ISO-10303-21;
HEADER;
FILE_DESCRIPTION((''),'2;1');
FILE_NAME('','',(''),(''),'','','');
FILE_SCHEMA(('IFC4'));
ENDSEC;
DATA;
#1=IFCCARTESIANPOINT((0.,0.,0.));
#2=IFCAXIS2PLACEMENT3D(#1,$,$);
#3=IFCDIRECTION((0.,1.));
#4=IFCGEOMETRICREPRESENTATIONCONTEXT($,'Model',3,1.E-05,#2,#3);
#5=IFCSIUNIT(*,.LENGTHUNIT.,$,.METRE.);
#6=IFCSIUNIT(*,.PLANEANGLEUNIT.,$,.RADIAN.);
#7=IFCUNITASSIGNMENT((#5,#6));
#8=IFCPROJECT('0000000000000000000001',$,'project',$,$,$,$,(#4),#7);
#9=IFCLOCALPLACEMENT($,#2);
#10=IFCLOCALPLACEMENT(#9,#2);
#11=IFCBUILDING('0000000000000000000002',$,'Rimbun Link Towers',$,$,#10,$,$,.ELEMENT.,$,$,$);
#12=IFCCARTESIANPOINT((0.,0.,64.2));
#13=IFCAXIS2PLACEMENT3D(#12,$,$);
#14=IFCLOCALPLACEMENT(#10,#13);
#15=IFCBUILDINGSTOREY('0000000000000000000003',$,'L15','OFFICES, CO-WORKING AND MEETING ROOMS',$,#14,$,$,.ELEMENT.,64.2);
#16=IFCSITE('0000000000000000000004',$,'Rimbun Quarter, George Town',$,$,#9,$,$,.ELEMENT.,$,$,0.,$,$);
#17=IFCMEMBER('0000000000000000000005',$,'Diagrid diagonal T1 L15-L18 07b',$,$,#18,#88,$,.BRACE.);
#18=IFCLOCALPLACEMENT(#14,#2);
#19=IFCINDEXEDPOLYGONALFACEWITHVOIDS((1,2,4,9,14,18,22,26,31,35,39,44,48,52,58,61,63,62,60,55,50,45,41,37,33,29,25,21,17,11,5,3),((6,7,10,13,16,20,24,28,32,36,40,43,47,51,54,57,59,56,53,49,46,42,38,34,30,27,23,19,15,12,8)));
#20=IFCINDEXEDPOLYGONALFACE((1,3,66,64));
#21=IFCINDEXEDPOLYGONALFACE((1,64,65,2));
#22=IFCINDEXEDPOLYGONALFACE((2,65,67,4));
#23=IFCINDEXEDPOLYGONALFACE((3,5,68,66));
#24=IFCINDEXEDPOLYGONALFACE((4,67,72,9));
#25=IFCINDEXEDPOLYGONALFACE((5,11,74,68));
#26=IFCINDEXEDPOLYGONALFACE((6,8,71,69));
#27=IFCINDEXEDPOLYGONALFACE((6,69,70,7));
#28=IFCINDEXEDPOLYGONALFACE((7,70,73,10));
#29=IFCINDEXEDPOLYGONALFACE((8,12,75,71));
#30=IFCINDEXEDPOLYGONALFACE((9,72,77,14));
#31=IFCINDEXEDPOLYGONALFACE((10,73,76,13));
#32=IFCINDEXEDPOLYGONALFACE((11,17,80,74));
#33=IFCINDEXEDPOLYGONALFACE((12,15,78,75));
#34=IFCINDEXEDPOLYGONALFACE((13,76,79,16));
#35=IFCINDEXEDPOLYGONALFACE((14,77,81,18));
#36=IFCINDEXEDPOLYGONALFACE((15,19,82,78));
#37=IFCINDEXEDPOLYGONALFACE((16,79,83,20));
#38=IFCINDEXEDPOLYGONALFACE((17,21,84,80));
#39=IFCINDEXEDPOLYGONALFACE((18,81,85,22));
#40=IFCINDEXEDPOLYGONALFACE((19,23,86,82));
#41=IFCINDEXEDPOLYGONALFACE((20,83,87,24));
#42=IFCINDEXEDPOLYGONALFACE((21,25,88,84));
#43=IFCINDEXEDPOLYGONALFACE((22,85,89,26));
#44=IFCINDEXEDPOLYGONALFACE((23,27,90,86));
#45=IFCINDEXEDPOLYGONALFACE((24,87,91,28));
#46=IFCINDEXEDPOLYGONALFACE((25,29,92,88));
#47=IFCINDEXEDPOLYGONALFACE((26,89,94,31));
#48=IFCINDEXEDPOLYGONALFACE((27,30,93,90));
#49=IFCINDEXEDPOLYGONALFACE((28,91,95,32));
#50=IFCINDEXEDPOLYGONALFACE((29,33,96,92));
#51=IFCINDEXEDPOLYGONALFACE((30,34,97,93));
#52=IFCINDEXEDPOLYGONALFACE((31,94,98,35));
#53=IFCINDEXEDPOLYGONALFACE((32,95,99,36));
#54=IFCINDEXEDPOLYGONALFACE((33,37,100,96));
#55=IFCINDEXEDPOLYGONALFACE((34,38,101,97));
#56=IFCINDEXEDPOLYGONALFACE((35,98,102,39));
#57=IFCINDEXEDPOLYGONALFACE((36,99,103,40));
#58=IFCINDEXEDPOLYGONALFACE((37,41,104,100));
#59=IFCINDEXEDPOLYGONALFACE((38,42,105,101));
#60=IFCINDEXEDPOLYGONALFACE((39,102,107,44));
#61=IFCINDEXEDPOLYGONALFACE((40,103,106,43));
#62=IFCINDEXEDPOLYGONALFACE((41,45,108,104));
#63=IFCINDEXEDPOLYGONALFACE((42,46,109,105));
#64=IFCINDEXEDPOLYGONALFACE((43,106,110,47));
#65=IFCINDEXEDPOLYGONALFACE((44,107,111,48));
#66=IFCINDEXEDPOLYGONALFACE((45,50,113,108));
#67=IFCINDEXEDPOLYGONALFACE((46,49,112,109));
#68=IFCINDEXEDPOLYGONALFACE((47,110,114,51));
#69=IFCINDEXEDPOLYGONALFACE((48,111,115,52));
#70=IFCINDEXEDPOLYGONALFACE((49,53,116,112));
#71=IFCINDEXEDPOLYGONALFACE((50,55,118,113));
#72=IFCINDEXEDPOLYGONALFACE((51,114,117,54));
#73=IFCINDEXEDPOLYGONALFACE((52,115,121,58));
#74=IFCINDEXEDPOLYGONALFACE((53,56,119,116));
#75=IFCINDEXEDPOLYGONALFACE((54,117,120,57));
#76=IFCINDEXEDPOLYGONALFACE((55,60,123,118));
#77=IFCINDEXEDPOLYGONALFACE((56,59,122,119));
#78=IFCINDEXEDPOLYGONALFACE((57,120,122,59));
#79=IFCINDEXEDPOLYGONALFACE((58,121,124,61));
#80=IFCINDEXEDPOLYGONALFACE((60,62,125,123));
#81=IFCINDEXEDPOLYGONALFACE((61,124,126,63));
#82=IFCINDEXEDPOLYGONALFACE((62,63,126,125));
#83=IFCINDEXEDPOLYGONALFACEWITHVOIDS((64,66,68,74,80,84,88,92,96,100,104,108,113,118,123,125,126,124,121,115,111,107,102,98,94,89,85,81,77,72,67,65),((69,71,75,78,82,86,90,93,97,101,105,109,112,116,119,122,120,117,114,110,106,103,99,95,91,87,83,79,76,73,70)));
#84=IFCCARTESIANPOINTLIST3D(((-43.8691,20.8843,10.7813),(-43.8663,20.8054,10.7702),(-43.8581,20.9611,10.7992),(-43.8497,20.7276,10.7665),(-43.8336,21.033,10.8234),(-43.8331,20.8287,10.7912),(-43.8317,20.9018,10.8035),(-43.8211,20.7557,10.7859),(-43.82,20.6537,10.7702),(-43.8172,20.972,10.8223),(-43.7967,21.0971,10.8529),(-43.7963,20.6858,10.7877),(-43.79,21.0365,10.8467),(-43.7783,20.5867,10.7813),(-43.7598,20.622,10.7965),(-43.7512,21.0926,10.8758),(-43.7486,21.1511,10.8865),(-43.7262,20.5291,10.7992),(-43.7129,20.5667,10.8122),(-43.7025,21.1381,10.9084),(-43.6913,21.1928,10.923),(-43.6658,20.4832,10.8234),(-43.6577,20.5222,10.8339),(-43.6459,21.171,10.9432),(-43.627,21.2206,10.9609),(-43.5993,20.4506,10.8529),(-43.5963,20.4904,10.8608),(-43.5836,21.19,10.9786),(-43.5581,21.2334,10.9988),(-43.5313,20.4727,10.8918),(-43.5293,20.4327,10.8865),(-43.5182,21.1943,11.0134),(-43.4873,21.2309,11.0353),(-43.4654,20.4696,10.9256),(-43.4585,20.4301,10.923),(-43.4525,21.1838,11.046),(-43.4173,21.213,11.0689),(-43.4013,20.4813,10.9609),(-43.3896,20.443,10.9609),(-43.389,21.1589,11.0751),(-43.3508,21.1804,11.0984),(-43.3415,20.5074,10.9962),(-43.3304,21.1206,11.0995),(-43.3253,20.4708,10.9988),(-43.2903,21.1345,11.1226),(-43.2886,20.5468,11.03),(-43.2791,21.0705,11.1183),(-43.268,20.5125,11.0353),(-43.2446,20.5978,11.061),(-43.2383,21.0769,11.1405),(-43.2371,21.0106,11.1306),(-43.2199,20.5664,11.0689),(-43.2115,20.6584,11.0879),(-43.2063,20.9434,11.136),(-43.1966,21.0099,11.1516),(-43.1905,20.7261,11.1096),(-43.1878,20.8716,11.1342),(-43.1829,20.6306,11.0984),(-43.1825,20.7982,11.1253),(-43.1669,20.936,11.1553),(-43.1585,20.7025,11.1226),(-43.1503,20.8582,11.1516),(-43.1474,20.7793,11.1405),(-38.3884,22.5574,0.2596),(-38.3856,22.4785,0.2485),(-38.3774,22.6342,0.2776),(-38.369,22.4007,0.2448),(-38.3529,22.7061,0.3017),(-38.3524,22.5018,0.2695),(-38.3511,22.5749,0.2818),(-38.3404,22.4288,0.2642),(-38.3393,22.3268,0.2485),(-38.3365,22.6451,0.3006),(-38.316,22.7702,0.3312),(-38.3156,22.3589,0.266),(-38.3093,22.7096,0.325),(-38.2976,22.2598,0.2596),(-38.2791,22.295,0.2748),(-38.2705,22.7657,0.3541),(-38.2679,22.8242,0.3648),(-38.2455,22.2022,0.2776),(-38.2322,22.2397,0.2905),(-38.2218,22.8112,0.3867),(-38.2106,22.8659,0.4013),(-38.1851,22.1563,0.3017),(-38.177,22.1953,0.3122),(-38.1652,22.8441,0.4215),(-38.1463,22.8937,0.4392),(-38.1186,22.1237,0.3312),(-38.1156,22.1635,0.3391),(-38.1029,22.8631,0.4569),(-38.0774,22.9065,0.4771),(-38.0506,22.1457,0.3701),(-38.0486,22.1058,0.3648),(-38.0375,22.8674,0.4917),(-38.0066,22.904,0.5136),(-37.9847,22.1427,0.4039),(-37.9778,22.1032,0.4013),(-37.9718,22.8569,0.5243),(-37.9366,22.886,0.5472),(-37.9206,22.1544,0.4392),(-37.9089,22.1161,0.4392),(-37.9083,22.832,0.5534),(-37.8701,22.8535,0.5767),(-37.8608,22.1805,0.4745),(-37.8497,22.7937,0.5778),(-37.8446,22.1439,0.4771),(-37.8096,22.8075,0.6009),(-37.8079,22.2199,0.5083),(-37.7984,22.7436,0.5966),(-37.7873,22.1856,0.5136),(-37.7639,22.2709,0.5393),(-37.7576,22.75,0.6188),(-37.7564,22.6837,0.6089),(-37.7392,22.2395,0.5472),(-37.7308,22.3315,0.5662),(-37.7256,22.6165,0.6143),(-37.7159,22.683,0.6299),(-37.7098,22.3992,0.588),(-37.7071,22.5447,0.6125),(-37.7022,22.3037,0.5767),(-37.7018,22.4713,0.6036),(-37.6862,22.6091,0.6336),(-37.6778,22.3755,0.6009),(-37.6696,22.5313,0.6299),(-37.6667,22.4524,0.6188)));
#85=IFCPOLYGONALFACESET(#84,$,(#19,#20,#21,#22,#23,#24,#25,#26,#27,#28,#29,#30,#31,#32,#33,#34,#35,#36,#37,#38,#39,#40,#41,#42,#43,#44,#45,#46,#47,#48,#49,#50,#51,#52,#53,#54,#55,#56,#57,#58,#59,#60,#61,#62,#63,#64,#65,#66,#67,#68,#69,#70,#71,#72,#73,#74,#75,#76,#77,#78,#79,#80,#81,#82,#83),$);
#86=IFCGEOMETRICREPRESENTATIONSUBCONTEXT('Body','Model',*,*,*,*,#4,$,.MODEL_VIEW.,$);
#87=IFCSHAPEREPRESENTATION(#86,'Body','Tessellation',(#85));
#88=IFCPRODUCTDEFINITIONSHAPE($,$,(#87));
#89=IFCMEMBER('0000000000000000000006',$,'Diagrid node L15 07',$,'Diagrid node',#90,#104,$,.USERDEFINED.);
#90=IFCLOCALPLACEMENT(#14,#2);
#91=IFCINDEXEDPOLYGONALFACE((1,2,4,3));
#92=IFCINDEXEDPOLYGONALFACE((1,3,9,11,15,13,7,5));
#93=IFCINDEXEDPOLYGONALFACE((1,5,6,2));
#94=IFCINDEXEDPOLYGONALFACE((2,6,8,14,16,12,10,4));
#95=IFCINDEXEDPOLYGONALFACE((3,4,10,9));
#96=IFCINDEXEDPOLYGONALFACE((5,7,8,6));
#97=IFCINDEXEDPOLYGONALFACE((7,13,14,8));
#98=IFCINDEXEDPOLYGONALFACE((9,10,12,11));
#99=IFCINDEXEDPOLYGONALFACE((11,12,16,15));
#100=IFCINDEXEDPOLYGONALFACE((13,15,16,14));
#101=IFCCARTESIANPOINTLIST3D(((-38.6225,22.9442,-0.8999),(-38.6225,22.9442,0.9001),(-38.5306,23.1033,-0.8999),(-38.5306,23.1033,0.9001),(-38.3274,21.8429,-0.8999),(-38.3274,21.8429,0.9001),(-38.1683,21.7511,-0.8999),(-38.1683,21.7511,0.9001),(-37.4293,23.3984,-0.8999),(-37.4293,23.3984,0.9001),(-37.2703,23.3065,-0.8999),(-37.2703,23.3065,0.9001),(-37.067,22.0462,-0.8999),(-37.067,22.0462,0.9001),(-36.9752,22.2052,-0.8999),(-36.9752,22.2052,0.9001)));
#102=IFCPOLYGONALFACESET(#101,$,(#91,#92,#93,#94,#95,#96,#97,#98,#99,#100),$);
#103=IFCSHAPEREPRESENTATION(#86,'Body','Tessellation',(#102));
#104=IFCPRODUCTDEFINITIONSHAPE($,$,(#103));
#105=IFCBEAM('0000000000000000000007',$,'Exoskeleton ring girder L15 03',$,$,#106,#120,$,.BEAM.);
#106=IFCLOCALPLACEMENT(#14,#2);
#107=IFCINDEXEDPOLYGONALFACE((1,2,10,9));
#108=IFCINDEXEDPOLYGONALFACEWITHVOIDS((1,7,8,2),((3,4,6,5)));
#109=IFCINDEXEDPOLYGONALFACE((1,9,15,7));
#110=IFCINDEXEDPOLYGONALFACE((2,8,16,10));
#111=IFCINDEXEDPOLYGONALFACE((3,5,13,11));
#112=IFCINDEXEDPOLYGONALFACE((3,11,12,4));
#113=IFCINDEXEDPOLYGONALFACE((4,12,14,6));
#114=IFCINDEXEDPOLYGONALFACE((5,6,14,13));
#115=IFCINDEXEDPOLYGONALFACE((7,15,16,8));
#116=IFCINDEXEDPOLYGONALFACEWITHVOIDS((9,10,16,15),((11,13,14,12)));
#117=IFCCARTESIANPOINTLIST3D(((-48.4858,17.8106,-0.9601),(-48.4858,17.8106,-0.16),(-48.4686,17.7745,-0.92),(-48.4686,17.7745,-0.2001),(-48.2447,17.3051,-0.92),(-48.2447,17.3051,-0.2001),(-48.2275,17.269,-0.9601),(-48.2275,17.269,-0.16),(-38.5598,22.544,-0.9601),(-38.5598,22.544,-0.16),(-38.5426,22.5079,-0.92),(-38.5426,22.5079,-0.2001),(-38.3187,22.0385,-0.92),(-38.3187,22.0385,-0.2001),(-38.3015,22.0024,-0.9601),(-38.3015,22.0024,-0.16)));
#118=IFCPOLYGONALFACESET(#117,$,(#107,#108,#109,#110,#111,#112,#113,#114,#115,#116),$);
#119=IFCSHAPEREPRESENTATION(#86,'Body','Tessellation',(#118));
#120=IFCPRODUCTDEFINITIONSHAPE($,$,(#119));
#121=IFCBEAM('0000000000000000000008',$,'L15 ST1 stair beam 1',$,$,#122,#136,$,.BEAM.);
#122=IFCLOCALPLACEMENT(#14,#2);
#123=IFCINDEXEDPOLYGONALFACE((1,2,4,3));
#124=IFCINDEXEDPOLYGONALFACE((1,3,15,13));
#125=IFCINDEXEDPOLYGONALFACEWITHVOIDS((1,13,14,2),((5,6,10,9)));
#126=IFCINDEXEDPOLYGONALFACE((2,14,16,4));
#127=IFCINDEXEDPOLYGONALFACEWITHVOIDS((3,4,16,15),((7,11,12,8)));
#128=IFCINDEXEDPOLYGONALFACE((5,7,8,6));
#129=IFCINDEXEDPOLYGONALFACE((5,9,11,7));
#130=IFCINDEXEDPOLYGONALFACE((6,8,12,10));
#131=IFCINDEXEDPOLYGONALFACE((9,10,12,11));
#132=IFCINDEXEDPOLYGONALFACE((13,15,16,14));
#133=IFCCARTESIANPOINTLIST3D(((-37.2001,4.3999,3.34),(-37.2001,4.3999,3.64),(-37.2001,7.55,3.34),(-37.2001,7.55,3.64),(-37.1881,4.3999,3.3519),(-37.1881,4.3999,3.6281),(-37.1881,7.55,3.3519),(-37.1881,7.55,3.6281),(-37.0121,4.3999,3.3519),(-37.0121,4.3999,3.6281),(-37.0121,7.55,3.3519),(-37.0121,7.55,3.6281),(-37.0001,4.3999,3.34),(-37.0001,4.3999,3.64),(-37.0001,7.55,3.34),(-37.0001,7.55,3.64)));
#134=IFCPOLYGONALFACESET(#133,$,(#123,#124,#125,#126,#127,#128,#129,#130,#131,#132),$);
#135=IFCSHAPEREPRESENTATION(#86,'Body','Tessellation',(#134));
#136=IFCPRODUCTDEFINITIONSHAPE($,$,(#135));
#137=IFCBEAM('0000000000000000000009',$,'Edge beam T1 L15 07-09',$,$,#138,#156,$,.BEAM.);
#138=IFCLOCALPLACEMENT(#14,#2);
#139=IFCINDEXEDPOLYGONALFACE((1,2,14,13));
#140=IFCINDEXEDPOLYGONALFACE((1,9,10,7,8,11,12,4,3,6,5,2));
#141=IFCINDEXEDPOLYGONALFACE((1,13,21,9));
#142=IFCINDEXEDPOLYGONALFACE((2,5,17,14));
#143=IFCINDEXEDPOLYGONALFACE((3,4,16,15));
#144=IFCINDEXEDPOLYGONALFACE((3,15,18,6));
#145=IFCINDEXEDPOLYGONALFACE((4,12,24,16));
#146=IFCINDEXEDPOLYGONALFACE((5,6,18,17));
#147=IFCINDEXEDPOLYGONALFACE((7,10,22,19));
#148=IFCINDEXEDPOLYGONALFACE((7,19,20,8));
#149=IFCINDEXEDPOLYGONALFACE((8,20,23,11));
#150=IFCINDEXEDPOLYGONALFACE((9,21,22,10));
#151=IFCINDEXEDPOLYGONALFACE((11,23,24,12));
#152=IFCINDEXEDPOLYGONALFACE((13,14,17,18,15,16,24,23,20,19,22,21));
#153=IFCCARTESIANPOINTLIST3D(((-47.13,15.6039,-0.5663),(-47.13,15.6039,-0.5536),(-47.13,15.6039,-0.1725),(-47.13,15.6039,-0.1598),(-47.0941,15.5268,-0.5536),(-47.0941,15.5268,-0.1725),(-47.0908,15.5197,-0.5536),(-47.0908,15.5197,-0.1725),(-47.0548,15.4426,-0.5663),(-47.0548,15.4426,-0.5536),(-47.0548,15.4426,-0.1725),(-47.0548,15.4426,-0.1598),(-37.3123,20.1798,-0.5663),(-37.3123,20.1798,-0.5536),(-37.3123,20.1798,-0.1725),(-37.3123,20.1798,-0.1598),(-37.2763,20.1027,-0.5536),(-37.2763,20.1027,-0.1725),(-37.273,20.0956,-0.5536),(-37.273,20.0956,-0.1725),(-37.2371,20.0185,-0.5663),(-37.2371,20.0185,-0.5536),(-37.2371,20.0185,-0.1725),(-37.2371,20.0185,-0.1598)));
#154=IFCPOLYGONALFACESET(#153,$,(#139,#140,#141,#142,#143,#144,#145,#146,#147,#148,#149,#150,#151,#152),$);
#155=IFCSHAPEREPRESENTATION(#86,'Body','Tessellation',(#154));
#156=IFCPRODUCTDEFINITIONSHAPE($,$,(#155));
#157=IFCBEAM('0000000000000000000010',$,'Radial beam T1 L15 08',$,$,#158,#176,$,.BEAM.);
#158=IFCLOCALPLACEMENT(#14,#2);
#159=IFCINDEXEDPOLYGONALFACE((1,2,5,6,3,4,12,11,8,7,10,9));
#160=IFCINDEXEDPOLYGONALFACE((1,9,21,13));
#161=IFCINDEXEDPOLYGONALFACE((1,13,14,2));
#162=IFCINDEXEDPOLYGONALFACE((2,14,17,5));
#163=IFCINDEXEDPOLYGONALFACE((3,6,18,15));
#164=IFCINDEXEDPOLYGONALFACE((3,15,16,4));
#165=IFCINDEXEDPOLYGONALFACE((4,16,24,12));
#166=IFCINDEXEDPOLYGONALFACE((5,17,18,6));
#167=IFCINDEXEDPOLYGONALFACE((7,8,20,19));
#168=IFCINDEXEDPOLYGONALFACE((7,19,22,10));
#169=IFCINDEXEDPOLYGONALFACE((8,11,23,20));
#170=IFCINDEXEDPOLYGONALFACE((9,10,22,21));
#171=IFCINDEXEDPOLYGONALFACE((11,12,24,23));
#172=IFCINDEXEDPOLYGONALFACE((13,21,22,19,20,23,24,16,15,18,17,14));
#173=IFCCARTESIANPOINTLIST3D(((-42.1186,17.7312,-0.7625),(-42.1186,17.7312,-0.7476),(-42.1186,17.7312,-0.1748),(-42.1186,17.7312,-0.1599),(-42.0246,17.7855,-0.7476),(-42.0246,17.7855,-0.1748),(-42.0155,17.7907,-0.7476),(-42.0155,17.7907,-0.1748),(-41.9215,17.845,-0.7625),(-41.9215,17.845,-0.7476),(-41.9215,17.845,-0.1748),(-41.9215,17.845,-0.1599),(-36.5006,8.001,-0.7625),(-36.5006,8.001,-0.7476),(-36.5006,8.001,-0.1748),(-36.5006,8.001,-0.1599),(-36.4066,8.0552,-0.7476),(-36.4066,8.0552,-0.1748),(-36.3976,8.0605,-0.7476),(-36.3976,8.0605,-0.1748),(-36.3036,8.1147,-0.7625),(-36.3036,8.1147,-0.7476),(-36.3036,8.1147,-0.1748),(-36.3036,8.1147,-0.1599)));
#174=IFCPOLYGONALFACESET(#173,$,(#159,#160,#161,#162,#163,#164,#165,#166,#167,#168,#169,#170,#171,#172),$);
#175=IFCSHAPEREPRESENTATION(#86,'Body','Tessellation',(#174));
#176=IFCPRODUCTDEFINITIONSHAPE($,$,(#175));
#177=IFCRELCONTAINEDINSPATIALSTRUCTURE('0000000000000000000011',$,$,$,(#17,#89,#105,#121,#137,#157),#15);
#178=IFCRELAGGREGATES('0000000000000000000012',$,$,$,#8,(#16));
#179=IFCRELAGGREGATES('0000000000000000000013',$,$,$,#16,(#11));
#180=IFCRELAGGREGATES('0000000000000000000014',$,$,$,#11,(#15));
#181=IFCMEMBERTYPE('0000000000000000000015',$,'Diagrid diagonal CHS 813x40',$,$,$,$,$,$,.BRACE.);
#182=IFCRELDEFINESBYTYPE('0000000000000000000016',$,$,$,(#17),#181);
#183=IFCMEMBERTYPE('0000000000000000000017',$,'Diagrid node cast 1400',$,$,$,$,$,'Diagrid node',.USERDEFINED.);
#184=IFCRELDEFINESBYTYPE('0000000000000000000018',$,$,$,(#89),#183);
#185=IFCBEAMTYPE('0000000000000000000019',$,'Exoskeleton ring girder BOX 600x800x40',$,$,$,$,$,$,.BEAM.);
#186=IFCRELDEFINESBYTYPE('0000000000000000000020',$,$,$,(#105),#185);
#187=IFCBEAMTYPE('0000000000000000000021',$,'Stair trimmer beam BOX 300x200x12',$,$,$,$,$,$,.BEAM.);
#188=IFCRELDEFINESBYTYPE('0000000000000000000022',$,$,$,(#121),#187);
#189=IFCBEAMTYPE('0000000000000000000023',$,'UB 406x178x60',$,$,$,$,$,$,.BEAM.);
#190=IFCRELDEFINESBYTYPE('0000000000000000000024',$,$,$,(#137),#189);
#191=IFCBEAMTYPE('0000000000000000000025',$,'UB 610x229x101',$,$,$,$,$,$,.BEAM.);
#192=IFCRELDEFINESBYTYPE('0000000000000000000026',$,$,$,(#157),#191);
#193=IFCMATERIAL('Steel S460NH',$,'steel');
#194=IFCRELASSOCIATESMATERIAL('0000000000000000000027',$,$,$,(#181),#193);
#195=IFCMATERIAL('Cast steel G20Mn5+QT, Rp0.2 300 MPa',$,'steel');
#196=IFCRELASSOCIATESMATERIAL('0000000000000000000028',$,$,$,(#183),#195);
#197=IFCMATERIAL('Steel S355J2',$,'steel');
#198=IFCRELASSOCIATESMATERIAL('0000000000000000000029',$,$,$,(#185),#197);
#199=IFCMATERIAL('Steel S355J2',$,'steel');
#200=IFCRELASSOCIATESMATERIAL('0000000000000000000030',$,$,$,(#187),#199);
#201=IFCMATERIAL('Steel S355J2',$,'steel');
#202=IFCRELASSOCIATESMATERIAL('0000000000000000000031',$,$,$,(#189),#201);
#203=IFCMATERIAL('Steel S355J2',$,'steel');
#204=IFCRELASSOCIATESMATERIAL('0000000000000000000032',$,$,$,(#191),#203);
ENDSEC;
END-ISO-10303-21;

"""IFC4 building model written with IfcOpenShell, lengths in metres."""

from ifc_helpers import new_model, si_unit, direction, frame, origin, origin_2d, place, context, subcontext, project, spatial, polyline, hollow_rectangle, hollow_circle, i_section, outline, extrude, material, material_profile, profile_set, type_object, element, save


model = new_model("IFC4")

# Units and contexts
model_context = context("Model", 3, precision=1e-05, world=origin(), true_north=direction((0.0, 1.0)))
body_context = subcontext(model_context, "Body", "Model", "MODEL_VIEW")
ifc_project = project(units=[si_unit("LENGTHUNIT", "METRE"), si_unit("PLANEANGLEUNIT", "RADIAN")], contexts=[model_context])

# Site, building, storey
site_placement = place(None, origin())
site = spatial("IfcSite", under=ifc_project, at=site_placement, Name="Rimbun Quarter, George Town", CompositionType="ELEMENT", RefElevation=0.0)
building_placement = place(site_placement, origin())
building = spatial("IfcBuilding", under=site, at=building_placement, Name="Rimbun Link Towers", CompositionType="ELEMENT")
storey_placement = place(building_placement, frame((0.0, 0.0, 64.2)))
storey = spatial("IfcBuildingStorey", under=building, at=storey_placement, Name="L15", Description="OFFICES, CO-WORKING AND MEETING ROOMS", CompositionType="ELEMENT", Elevation=64.2)

# Members
ifc_material_1 = material(Name="Steel S460NH", Category="steel")
ifc_material_profile_1 = material_profile(ifc_material_1, hollow_circle(Radius=0.4065, WallThickness=0.04, at=origin_2d()), Name="Diagrid diagonal CHS 813x40")
ifc_profile_set_1 = profile_set([ifc_material_profile_1], Name="Steel S460NH")
member_type_1 = type_object("IfcMemberType", Name="Diagrid diagonal CHS 813x40", PredefinedType="BRACE", material=ifc_profile_set_1)
member_1_placement = place(storey_placement, frame((-38.0276, 22.5049, 0.4392), z_axis=(-0.457451, -0.139646, 0.878202), x_axis=(0.291968, -0.956428, 0.0)))
element("IfcMember", 1, at=member_1_placement, inside=storey, type_object=member_type_1, Name="Diagrid diagonal T1 L15-L18 07b", PredefinedType="BRACE", context=body_context, shape_type="SweptSolid", body=[
    extrude(hollow_circle(Radius=0.4065, WallThickness=0.04, at=origin_2d()), origin(), (0.0, 0.0, 1.0), 11.981),
])
ifc_material_2 = material(Name="Cast steel G20Mn5+QT, Rp0.2 300 MPa", Category="steel")
ifc_material_profile_2 = material_profile(ifc_material_2, outline(polyline([(0.7, -0.5701), (0.7, 0.5701), (0.5701, 0.7), (-0.5701, 0.7), (-0.7, 0.5701), (-0.7, -0.5701), (-0.5701, -0.7), (0.5701, -0.7), (0.7, -0.5701)])), Name="NODE 1400x1400")
ifc_profile_set_2 = profile_set([ifc_material_profile_2], Name="Cast steel G20Mn5+QT, Rp0.2 300 MPa")
member_type_2 = type_object("IfcMemberType", Name="Diagrid node cast 1400", ElementType="Diagrid node", PredefinedType="USERDEFINED", material=ifc_profile_set_2)
member_2_placement = place(storey_placement, frame((-37.7988, 22.5747, -0.8999), z_axis=(0.0, 0.0, 1.0), x_axis=(-0.258819, 0.965926, 0.0)))
element("IfcMember", 2, at=member_2_placement, inside=storey, type_object=member_type_2, Name="Diagrid node L15 07", ObjectType="Diagrid node", PredefinedType="USERDEFINED", context=body_context, shape_type="SweptSolid", body=[
    extrude(outline(polyline([(0.7, -0.5701), (0.7, 0.5701), (0.5701, 0.7), (-0.5701, 0.7), (-0.7, 0.5701), (-0.7, -0.5701), (-0.5701, -0.7), (0.5701, -0.7), (0.7, -0.5701)])), origin(), (0.0, 0.0, 1.0), 1.8),
])

# Beams
ifc_material_3 = material(Name="Steel S355J2", Category="steel")
ifc_material_profile_3 = material_profile(ifc_material_3, hollow_rectangle(XDim=0.6001, YDim=0.8, WallThickness=0.04, at=origin_2d()), Name="Exoskeleton ring girder BOX 600x800x40")
ifc_profile_set_3 = profile_set([ifc_material_profile_3], Name="Steel S355J2")
beam_type_1 = type_object("IfcBeamType", Name="Exoskeleton ring girder BOX 600x800x40", PredefinedType="BEAM", material=ifc_profile_set_3)
beam_1_placement = place(storey_placement, frame((-38.4307, 22.2732, -0.5601), z_axis=(-0.902623, -0.430432, 0.0), x_axis=(0.430432, -0.902623, 0.0)))
element("IfcBeam", 3, at=beam_1_placement, inside=storey, type_object=beam_type_1, Name="Exoskeleton ring girder L15 03", PredefinedType="BEAM", context=body_context, shape_type="SweptSolid", body=[
    extrude(hollow_rectangle(XDim=0.6001, YDim=0.8, WallThickness=0.04, at=origin_2d()), origin(), (0.0, 0.0, 1.0), 10.9968),
])
ifc_material_4 = material(Name="Steel S355J2", Category="steel")
ifc_material_profile_4 = material_profile(ifc_material_4, hollow_rectangle(XDim=0.2, YDim=0.3, WallThickness=0.012, at=origin_2d()), Name="BOX 300x200x12")
ifc_profile_set_4 = profile_set([ifc_material_profile_4], Name="Steel S355J2")
beam_type_2 = type_object("IfcBeamType", Name="Stair trimmer beam BOX 300x200x12", PredefinedType="BEAM", material=ifc_profile_set_4)
beam_2_placement = place(storey_placement, frame((-37.1001, 7.55, 3.49), z_axis=(0.0, -1.0, 0.0), x_axis=(1.0, 0.0, 0.0)))
element("IfcBeam", 4, at=beam_2_placement, inside=storey, type_object=beam_type_2, Name="L15 ST1 stair beam 1", PredefinedType="BEAM", context=body_context, shape_type="SweptSolid", body=[
    extrude(hollow_rectangle(XDim=0.2, YDim=0.3, WallThickness=0.012, at=origin_2d()), origin(), (0.0, 0.0, 1.0), 3.1501),
])
ifc_material_5 = material(Name="Steel S355J2", Category="steel")
ifc_material_profile_5 = material_profile(ifc_material_5, i_section(OverallWidth=0.178, OverallDepth=0.4065, WebThickness=0.0078, FlangeThickness=0.0127, at=origin_2d()), Name="UB 406x178x60")
ifc_profile_set_5 = profile_set([ifc_material_profile_5], Name="Steel S355J2")
beam_type_3 = type_object("IfcBeamType", Name="UB 406x178x60", PredefinedType="BEAM", material=ifc_profile_set_5)
beam_3_placement = place(storey_placement, frame((-37.2747, 20.0991, -0.363), z_axis=(-0.906386, -0.42245, 0.0), x_axis=(0.42245, -0.906386, 0.0)))
element("IfcBeam", 5, at=beam_3_placement, inside=storey, type_object=beam_type_3, Name="Edge beam T1 L15 07-09", PredefinedType="BEAM", context=body_context, shape_type="SweptSolid", body=[
    extrude(i_section(OverallWidth=0.178, OverallDepth=0.4065, WebThickness=0.0078, FlangeThickness=0.0127, at=origin_2d()), origin(), (0.0, 0.0, 1.0), 10.8318),
])
ifc_material_6 = material(Name="Steel S355J2", Category="steel")
ifc_material_profile_6 = material_profile(ifc_material_6, i_section(OverallWidth=0.2275, OverallDepth=0.6025, WebThickness=0.0105, FlangeThickness=0.0149, at=origin_2d()), Name="UB 610x229x101")
ifc_profile_set_6 = profile_set([ifc_material_profile_6], Name="Steel S355J2")
beam_type_4 = type_object("IfcBeamType", Name="UB 610x229x101", PredefinedType="BEAM", material=ifc_profile_set_6)
beam_4_placement = place(storey_placement, frame((-36.4021, 8.0579, -0.4612), z_axis=(-0.500011, 0.866019, 0.0), x_axis=(-0.866019, -0.500011, 0.0)))
element("IfcBeam", 6, at=beam_4_placement, inside=storey, type_object=beam_type_4, Name="Radial beam T1 L15 08", PredefinedType="BEAM", context=body_context, shape_type="SweptSolid", body=[
    extrude(i_section(OverallWidth=0.2275, OverallDepth=0.6025, WebThickness=0.0105, FlangeThickness=0.0149, at=origin_2d()), origin(), (0.0, 0.0, 1.0), 11.2356),
])

save(model, "model.ifc")
